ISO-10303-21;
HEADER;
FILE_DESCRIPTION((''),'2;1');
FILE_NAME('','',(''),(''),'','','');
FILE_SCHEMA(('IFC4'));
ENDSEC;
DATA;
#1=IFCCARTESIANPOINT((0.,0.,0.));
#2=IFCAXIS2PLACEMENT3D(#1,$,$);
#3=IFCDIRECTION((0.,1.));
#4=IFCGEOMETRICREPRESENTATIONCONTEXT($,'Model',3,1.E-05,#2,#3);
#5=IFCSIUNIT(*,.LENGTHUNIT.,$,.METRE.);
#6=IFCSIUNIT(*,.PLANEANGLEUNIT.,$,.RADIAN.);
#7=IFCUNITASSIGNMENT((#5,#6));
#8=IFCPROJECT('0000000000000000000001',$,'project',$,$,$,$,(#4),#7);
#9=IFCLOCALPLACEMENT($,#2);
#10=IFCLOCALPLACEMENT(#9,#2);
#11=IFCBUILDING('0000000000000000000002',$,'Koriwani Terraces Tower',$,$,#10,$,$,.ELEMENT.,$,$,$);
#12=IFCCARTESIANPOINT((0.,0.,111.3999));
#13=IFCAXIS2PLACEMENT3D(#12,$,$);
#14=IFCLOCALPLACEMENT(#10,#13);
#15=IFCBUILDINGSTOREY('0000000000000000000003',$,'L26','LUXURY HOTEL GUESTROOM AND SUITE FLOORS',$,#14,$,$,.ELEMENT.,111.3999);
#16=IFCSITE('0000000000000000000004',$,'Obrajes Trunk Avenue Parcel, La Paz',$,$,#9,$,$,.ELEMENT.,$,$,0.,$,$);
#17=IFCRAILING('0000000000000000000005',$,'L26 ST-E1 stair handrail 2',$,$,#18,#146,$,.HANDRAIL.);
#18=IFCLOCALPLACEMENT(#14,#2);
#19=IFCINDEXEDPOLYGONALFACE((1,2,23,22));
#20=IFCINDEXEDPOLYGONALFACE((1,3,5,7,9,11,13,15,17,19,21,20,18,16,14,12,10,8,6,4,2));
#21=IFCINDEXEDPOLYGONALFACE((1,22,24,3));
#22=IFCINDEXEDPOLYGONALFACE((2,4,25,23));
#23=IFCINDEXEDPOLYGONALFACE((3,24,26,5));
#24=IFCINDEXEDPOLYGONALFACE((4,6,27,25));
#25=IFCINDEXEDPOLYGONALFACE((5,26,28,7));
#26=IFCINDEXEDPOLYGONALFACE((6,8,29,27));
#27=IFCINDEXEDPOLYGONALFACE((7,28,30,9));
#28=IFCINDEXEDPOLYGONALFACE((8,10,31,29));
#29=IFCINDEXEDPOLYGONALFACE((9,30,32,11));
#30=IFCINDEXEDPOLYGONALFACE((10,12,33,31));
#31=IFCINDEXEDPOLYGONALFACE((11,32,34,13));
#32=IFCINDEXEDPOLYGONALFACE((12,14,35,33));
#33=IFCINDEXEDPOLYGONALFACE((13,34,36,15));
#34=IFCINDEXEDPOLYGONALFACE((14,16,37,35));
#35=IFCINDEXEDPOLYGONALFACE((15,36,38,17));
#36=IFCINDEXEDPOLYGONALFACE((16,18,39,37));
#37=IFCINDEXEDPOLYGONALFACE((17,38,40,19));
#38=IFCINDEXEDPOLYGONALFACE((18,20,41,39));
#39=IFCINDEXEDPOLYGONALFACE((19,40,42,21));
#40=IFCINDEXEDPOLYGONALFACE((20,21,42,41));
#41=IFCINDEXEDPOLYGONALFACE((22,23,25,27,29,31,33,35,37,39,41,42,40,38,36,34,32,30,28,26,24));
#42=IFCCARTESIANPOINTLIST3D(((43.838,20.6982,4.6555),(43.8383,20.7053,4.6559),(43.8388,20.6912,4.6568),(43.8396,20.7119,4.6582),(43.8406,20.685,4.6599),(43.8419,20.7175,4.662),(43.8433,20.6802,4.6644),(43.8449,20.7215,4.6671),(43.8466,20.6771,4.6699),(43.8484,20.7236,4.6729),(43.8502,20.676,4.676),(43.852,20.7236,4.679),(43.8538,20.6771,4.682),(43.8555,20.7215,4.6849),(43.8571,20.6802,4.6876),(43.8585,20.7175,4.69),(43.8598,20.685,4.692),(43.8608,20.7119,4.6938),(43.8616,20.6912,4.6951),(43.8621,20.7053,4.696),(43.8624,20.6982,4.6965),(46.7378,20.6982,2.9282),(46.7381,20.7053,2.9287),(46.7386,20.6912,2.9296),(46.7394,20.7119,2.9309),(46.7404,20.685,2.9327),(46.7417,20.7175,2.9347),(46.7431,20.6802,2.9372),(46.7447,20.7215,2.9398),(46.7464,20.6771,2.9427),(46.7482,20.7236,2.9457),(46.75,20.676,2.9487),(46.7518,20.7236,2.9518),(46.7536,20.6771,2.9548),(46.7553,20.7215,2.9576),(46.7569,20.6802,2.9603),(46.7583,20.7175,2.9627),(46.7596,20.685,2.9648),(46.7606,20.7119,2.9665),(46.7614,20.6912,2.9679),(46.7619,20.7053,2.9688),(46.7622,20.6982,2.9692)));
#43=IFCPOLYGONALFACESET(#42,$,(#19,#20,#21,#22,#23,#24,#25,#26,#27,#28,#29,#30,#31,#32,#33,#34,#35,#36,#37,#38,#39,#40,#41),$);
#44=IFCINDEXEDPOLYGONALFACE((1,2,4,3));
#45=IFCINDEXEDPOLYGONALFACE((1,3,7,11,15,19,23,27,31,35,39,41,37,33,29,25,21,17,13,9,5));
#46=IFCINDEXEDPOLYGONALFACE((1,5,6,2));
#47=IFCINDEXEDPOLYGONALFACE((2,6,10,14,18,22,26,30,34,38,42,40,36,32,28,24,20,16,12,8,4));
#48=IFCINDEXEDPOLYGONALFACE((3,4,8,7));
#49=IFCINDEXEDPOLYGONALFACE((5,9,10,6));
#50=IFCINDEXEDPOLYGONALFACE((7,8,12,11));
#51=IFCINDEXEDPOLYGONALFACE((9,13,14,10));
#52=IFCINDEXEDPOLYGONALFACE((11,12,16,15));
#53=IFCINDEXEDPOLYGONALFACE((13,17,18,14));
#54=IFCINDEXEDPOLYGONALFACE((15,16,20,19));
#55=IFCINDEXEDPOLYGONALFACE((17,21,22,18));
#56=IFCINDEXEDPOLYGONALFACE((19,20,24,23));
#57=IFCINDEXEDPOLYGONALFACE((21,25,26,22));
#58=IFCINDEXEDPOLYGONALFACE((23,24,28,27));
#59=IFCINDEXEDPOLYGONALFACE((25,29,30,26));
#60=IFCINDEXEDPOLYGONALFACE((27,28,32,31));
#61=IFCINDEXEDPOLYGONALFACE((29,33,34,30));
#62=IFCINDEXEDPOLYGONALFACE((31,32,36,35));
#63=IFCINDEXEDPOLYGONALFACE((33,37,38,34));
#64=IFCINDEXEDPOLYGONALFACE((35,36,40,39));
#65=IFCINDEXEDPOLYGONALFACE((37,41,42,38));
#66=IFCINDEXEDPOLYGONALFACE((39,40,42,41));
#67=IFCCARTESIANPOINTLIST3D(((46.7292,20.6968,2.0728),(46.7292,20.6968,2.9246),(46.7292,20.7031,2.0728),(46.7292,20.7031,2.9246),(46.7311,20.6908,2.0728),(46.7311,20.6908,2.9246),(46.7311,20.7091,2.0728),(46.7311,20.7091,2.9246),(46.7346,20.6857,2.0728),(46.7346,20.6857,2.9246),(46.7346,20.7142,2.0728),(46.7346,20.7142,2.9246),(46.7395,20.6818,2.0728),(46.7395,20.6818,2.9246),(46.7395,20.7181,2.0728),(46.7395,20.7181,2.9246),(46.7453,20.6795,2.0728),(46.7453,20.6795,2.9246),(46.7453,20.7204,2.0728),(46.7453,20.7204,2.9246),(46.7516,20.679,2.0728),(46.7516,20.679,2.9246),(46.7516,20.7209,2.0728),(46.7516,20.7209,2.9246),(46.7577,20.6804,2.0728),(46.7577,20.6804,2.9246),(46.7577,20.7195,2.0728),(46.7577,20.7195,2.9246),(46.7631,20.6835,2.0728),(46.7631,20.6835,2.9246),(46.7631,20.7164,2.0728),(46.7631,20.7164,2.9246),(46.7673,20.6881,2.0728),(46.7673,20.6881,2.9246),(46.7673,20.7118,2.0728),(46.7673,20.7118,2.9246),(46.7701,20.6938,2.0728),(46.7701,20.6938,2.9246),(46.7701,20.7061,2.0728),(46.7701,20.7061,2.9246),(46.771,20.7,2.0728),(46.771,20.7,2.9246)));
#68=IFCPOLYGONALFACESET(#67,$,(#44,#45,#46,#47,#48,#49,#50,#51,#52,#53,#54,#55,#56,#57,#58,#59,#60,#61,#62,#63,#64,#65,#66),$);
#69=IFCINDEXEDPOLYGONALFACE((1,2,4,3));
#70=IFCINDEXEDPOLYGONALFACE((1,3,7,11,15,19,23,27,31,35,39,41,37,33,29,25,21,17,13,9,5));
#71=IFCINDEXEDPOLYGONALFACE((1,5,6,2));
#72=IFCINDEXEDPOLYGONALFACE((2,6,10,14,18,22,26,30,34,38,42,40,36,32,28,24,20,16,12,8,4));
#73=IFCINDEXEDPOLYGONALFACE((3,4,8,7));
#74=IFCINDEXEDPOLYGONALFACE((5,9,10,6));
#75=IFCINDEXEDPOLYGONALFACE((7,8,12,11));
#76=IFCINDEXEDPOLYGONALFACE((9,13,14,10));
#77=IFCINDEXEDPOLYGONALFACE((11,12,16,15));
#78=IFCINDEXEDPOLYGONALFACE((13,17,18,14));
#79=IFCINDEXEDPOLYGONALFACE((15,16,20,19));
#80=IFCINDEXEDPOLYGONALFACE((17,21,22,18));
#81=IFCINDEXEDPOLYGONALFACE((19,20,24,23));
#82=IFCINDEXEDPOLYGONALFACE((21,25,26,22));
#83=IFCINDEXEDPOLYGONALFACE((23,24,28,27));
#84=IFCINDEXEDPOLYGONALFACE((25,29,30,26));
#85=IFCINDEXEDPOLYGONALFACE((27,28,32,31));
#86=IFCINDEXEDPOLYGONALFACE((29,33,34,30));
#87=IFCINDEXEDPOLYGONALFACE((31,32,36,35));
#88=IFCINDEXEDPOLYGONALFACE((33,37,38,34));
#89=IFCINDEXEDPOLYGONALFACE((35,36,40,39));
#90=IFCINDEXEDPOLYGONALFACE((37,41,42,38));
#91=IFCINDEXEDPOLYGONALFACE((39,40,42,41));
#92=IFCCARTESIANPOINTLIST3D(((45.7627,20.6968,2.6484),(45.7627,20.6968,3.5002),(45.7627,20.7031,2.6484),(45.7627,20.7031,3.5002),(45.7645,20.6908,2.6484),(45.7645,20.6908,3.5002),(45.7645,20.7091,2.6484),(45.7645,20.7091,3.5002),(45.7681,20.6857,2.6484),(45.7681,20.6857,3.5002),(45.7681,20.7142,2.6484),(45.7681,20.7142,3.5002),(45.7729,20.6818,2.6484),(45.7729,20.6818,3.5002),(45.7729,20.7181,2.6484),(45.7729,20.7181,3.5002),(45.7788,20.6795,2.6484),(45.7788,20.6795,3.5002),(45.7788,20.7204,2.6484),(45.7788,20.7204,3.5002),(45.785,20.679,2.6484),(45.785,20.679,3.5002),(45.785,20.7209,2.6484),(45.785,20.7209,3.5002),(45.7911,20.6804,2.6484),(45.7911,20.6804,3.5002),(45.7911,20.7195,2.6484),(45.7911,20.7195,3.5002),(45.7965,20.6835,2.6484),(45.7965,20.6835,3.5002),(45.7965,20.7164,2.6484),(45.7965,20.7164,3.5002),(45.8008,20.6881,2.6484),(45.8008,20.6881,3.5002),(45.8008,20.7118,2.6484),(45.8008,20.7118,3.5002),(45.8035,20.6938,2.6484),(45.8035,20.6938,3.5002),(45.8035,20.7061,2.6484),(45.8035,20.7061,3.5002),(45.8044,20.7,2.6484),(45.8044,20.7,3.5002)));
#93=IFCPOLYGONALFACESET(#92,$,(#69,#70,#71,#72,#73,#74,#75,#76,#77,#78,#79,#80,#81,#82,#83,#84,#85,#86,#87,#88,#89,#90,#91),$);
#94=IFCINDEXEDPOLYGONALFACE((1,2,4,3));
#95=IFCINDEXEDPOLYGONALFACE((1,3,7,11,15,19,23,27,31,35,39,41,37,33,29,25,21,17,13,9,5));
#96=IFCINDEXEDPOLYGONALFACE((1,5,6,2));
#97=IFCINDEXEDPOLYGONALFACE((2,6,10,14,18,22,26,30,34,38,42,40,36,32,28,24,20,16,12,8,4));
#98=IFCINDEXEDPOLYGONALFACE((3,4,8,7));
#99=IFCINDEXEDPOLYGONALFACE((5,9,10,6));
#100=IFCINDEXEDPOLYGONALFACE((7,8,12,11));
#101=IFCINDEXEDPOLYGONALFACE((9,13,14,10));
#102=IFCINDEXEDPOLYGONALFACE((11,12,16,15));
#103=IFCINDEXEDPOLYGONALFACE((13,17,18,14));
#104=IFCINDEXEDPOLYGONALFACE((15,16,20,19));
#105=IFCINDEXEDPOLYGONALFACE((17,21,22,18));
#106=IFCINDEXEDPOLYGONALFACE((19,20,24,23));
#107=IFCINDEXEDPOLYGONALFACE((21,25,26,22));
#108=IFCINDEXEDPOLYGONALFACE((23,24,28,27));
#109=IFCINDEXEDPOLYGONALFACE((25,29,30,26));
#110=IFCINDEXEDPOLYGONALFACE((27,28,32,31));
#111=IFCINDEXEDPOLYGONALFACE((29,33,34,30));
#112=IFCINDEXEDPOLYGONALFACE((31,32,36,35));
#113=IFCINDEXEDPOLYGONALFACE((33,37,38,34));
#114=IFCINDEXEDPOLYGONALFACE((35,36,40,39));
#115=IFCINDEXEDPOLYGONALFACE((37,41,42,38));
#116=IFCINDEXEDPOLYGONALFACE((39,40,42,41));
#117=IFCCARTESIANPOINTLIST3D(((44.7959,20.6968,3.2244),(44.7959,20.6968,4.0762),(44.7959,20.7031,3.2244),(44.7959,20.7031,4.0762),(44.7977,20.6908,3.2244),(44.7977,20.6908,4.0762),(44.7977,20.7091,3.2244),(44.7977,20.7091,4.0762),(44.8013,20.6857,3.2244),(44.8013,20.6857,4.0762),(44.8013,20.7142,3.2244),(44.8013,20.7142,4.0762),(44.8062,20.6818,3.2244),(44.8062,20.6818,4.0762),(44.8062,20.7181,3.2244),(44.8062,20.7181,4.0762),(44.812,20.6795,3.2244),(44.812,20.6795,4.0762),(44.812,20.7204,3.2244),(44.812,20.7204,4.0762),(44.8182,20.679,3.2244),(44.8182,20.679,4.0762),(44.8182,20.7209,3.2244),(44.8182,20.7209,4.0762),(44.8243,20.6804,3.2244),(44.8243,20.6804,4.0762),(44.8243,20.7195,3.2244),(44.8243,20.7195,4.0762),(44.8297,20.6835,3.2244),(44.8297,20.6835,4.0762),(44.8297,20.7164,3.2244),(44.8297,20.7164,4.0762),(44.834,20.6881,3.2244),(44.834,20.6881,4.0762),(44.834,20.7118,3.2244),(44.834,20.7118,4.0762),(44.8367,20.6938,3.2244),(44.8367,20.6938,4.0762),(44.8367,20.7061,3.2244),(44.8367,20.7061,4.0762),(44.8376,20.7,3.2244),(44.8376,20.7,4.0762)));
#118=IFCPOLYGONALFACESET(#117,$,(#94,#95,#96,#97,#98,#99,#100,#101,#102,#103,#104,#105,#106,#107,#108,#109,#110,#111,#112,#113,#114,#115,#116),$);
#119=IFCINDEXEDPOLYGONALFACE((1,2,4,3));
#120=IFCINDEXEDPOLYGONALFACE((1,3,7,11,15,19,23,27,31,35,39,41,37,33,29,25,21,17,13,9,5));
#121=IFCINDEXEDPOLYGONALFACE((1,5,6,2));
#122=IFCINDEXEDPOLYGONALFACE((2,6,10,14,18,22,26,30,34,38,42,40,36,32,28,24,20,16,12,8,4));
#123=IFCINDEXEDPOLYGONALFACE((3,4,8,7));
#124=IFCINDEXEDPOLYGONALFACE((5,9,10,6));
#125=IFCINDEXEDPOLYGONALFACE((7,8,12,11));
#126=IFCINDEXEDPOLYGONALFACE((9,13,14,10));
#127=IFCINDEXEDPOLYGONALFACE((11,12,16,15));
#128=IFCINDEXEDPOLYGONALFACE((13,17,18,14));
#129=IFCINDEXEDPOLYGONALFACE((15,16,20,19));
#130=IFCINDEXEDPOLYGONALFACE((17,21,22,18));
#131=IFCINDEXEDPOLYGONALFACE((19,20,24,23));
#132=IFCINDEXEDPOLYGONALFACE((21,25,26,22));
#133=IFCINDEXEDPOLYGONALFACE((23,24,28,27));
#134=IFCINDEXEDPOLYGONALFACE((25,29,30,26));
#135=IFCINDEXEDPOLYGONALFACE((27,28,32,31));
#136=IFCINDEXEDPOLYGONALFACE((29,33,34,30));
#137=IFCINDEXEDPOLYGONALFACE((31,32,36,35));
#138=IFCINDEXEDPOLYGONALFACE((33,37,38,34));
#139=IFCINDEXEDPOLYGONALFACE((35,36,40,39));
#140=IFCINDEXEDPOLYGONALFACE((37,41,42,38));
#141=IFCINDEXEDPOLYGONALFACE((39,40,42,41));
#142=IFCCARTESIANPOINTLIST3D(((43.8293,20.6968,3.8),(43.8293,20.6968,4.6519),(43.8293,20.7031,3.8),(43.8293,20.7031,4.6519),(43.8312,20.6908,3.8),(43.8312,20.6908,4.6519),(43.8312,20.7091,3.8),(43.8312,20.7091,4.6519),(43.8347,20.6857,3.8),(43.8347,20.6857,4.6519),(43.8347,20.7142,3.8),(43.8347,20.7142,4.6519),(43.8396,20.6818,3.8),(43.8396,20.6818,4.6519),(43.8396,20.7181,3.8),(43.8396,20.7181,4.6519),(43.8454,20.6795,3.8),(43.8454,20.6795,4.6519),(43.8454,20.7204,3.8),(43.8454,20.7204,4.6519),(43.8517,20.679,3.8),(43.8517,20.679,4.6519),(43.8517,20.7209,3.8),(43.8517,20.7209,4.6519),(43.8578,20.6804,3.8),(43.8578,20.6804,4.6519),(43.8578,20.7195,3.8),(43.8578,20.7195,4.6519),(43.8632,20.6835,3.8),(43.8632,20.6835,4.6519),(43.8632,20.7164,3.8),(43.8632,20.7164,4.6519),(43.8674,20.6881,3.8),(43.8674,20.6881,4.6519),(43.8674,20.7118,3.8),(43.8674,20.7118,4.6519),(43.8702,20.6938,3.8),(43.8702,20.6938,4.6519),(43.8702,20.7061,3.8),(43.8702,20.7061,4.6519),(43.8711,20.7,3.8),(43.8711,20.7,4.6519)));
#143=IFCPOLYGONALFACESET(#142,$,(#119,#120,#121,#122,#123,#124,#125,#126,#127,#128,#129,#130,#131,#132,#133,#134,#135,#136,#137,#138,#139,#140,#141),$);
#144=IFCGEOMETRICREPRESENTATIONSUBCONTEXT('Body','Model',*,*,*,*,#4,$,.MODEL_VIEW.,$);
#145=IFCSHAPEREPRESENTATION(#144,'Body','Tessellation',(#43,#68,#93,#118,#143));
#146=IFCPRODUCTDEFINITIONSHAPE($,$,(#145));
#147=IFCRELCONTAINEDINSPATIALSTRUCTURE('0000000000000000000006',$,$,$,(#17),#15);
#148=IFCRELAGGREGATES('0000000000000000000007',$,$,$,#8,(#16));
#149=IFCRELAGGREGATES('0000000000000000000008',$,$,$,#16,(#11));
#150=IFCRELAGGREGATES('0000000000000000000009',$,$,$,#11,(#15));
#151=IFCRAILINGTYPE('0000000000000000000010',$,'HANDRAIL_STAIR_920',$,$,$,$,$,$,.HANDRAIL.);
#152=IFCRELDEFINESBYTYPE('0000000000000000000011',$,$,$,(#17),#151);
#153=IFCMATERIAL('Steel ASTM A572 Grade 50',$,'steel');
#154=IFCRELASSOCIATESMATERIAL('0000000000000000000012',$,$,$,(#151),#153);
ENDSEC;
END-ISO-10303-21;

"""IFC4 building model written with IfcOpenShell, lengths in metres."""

from ifc_helpers import new_model, si_unit, direction, frame, origin, origin_2d, place, context, subcontext, project, spatial, circle, extrude, material, type_object, element, save


model = new_model("IFC4")

# Units and contexts
model_context = context("Model", 3, precision=1e-05, world=origin(), true_north=direction((0.0, 1.0)))
body_context = subcontext(model_context, "Body", "Model", "MODEL_VIEW")
ifc_project = project(units=[si_unit("LENGTHUNIT", "METRE"), si_unit("PLANEANGLEUNIT", "RADIAN")], contexts=[model_context])

# Site, building, storey
site_placement = place(None, origin())
site = spatial("IfcSite", under=ifc_project, at=site_placement, Name="Obrajes Trunk Avenue Parcel, La Paz", CompositionType="ELEMENT", RefElevation=0.0)
building_placement = place(site_placement, origin())
building = spatial("IfcBuilding", under=site, at=building_placement, Name="Koriwani Terraces Tower", CompositionType="ELEMENT")
storey_placement = place(building_placement, frame((0.0, 0.0, 111.3999)))
storey = spatial("IfcBuildingStorey", under=building, at=storey_placement, Name="L26", Description="LUXURY HOTEL GUESTROOM AND SUITE FLOORS", CompositionType="ELEMENT", Elevation=111.3999)

# Shared definitions
ifc_material_1 = material(Name="Steel ASTM A572 Grade 50", Category="steel")

# Railing
railing_type_1 = type_object("IfcRailingType", Name="HANDRAIL_STAIR_920", PredefinedType="HANDRAIL", material=ifc_material_1)
railing_1_placement = place(storey_placement, frame((46.75, 20.7, 2.0728)))
element("IfcRailing", 1, at=railing_1_placement, inside=storey, type_object=railing_type_1, Name="L26 ST-E1 stair handrail 2", PredefinedType="HANDRAIL", context=body_context, shape_type="SweptSolid", body=[
    extrude(circle(Radius=0.0239, at=origin_2d()), frame((0.0, 0.0, 0.876), z_axis=(-0.859141, 0.0, 0.511738), x_axis=(0.0, -1.0, 0.0)), (0.0, 0.0, 1.0), 3.3752),
    extrude(circle(Radius=0.021, at=origin_2d()), origin(), (0.0, 0.0, 1.0), 0.8518),
    extrude(circle(Radius=0.021, at=origin_2d()), frame((-0.9666, 0.0, 0.5757)), (0.0, 0.0, 1.0), 0.8518),
    extrude(circle(Radius=0.021, at=origin_2d()), frame((-1.9333, 0.0, 1.1516)), (0.0, 0.0, 1.0), 0.8518),
    extrude(circle(Radius=0.021, at=origin_2d()), frame((-2.8999, 0.0, 1.7273)), (0.0, 0.0, 1.0), 0.8518),
])

save(model, "model.ifc")
